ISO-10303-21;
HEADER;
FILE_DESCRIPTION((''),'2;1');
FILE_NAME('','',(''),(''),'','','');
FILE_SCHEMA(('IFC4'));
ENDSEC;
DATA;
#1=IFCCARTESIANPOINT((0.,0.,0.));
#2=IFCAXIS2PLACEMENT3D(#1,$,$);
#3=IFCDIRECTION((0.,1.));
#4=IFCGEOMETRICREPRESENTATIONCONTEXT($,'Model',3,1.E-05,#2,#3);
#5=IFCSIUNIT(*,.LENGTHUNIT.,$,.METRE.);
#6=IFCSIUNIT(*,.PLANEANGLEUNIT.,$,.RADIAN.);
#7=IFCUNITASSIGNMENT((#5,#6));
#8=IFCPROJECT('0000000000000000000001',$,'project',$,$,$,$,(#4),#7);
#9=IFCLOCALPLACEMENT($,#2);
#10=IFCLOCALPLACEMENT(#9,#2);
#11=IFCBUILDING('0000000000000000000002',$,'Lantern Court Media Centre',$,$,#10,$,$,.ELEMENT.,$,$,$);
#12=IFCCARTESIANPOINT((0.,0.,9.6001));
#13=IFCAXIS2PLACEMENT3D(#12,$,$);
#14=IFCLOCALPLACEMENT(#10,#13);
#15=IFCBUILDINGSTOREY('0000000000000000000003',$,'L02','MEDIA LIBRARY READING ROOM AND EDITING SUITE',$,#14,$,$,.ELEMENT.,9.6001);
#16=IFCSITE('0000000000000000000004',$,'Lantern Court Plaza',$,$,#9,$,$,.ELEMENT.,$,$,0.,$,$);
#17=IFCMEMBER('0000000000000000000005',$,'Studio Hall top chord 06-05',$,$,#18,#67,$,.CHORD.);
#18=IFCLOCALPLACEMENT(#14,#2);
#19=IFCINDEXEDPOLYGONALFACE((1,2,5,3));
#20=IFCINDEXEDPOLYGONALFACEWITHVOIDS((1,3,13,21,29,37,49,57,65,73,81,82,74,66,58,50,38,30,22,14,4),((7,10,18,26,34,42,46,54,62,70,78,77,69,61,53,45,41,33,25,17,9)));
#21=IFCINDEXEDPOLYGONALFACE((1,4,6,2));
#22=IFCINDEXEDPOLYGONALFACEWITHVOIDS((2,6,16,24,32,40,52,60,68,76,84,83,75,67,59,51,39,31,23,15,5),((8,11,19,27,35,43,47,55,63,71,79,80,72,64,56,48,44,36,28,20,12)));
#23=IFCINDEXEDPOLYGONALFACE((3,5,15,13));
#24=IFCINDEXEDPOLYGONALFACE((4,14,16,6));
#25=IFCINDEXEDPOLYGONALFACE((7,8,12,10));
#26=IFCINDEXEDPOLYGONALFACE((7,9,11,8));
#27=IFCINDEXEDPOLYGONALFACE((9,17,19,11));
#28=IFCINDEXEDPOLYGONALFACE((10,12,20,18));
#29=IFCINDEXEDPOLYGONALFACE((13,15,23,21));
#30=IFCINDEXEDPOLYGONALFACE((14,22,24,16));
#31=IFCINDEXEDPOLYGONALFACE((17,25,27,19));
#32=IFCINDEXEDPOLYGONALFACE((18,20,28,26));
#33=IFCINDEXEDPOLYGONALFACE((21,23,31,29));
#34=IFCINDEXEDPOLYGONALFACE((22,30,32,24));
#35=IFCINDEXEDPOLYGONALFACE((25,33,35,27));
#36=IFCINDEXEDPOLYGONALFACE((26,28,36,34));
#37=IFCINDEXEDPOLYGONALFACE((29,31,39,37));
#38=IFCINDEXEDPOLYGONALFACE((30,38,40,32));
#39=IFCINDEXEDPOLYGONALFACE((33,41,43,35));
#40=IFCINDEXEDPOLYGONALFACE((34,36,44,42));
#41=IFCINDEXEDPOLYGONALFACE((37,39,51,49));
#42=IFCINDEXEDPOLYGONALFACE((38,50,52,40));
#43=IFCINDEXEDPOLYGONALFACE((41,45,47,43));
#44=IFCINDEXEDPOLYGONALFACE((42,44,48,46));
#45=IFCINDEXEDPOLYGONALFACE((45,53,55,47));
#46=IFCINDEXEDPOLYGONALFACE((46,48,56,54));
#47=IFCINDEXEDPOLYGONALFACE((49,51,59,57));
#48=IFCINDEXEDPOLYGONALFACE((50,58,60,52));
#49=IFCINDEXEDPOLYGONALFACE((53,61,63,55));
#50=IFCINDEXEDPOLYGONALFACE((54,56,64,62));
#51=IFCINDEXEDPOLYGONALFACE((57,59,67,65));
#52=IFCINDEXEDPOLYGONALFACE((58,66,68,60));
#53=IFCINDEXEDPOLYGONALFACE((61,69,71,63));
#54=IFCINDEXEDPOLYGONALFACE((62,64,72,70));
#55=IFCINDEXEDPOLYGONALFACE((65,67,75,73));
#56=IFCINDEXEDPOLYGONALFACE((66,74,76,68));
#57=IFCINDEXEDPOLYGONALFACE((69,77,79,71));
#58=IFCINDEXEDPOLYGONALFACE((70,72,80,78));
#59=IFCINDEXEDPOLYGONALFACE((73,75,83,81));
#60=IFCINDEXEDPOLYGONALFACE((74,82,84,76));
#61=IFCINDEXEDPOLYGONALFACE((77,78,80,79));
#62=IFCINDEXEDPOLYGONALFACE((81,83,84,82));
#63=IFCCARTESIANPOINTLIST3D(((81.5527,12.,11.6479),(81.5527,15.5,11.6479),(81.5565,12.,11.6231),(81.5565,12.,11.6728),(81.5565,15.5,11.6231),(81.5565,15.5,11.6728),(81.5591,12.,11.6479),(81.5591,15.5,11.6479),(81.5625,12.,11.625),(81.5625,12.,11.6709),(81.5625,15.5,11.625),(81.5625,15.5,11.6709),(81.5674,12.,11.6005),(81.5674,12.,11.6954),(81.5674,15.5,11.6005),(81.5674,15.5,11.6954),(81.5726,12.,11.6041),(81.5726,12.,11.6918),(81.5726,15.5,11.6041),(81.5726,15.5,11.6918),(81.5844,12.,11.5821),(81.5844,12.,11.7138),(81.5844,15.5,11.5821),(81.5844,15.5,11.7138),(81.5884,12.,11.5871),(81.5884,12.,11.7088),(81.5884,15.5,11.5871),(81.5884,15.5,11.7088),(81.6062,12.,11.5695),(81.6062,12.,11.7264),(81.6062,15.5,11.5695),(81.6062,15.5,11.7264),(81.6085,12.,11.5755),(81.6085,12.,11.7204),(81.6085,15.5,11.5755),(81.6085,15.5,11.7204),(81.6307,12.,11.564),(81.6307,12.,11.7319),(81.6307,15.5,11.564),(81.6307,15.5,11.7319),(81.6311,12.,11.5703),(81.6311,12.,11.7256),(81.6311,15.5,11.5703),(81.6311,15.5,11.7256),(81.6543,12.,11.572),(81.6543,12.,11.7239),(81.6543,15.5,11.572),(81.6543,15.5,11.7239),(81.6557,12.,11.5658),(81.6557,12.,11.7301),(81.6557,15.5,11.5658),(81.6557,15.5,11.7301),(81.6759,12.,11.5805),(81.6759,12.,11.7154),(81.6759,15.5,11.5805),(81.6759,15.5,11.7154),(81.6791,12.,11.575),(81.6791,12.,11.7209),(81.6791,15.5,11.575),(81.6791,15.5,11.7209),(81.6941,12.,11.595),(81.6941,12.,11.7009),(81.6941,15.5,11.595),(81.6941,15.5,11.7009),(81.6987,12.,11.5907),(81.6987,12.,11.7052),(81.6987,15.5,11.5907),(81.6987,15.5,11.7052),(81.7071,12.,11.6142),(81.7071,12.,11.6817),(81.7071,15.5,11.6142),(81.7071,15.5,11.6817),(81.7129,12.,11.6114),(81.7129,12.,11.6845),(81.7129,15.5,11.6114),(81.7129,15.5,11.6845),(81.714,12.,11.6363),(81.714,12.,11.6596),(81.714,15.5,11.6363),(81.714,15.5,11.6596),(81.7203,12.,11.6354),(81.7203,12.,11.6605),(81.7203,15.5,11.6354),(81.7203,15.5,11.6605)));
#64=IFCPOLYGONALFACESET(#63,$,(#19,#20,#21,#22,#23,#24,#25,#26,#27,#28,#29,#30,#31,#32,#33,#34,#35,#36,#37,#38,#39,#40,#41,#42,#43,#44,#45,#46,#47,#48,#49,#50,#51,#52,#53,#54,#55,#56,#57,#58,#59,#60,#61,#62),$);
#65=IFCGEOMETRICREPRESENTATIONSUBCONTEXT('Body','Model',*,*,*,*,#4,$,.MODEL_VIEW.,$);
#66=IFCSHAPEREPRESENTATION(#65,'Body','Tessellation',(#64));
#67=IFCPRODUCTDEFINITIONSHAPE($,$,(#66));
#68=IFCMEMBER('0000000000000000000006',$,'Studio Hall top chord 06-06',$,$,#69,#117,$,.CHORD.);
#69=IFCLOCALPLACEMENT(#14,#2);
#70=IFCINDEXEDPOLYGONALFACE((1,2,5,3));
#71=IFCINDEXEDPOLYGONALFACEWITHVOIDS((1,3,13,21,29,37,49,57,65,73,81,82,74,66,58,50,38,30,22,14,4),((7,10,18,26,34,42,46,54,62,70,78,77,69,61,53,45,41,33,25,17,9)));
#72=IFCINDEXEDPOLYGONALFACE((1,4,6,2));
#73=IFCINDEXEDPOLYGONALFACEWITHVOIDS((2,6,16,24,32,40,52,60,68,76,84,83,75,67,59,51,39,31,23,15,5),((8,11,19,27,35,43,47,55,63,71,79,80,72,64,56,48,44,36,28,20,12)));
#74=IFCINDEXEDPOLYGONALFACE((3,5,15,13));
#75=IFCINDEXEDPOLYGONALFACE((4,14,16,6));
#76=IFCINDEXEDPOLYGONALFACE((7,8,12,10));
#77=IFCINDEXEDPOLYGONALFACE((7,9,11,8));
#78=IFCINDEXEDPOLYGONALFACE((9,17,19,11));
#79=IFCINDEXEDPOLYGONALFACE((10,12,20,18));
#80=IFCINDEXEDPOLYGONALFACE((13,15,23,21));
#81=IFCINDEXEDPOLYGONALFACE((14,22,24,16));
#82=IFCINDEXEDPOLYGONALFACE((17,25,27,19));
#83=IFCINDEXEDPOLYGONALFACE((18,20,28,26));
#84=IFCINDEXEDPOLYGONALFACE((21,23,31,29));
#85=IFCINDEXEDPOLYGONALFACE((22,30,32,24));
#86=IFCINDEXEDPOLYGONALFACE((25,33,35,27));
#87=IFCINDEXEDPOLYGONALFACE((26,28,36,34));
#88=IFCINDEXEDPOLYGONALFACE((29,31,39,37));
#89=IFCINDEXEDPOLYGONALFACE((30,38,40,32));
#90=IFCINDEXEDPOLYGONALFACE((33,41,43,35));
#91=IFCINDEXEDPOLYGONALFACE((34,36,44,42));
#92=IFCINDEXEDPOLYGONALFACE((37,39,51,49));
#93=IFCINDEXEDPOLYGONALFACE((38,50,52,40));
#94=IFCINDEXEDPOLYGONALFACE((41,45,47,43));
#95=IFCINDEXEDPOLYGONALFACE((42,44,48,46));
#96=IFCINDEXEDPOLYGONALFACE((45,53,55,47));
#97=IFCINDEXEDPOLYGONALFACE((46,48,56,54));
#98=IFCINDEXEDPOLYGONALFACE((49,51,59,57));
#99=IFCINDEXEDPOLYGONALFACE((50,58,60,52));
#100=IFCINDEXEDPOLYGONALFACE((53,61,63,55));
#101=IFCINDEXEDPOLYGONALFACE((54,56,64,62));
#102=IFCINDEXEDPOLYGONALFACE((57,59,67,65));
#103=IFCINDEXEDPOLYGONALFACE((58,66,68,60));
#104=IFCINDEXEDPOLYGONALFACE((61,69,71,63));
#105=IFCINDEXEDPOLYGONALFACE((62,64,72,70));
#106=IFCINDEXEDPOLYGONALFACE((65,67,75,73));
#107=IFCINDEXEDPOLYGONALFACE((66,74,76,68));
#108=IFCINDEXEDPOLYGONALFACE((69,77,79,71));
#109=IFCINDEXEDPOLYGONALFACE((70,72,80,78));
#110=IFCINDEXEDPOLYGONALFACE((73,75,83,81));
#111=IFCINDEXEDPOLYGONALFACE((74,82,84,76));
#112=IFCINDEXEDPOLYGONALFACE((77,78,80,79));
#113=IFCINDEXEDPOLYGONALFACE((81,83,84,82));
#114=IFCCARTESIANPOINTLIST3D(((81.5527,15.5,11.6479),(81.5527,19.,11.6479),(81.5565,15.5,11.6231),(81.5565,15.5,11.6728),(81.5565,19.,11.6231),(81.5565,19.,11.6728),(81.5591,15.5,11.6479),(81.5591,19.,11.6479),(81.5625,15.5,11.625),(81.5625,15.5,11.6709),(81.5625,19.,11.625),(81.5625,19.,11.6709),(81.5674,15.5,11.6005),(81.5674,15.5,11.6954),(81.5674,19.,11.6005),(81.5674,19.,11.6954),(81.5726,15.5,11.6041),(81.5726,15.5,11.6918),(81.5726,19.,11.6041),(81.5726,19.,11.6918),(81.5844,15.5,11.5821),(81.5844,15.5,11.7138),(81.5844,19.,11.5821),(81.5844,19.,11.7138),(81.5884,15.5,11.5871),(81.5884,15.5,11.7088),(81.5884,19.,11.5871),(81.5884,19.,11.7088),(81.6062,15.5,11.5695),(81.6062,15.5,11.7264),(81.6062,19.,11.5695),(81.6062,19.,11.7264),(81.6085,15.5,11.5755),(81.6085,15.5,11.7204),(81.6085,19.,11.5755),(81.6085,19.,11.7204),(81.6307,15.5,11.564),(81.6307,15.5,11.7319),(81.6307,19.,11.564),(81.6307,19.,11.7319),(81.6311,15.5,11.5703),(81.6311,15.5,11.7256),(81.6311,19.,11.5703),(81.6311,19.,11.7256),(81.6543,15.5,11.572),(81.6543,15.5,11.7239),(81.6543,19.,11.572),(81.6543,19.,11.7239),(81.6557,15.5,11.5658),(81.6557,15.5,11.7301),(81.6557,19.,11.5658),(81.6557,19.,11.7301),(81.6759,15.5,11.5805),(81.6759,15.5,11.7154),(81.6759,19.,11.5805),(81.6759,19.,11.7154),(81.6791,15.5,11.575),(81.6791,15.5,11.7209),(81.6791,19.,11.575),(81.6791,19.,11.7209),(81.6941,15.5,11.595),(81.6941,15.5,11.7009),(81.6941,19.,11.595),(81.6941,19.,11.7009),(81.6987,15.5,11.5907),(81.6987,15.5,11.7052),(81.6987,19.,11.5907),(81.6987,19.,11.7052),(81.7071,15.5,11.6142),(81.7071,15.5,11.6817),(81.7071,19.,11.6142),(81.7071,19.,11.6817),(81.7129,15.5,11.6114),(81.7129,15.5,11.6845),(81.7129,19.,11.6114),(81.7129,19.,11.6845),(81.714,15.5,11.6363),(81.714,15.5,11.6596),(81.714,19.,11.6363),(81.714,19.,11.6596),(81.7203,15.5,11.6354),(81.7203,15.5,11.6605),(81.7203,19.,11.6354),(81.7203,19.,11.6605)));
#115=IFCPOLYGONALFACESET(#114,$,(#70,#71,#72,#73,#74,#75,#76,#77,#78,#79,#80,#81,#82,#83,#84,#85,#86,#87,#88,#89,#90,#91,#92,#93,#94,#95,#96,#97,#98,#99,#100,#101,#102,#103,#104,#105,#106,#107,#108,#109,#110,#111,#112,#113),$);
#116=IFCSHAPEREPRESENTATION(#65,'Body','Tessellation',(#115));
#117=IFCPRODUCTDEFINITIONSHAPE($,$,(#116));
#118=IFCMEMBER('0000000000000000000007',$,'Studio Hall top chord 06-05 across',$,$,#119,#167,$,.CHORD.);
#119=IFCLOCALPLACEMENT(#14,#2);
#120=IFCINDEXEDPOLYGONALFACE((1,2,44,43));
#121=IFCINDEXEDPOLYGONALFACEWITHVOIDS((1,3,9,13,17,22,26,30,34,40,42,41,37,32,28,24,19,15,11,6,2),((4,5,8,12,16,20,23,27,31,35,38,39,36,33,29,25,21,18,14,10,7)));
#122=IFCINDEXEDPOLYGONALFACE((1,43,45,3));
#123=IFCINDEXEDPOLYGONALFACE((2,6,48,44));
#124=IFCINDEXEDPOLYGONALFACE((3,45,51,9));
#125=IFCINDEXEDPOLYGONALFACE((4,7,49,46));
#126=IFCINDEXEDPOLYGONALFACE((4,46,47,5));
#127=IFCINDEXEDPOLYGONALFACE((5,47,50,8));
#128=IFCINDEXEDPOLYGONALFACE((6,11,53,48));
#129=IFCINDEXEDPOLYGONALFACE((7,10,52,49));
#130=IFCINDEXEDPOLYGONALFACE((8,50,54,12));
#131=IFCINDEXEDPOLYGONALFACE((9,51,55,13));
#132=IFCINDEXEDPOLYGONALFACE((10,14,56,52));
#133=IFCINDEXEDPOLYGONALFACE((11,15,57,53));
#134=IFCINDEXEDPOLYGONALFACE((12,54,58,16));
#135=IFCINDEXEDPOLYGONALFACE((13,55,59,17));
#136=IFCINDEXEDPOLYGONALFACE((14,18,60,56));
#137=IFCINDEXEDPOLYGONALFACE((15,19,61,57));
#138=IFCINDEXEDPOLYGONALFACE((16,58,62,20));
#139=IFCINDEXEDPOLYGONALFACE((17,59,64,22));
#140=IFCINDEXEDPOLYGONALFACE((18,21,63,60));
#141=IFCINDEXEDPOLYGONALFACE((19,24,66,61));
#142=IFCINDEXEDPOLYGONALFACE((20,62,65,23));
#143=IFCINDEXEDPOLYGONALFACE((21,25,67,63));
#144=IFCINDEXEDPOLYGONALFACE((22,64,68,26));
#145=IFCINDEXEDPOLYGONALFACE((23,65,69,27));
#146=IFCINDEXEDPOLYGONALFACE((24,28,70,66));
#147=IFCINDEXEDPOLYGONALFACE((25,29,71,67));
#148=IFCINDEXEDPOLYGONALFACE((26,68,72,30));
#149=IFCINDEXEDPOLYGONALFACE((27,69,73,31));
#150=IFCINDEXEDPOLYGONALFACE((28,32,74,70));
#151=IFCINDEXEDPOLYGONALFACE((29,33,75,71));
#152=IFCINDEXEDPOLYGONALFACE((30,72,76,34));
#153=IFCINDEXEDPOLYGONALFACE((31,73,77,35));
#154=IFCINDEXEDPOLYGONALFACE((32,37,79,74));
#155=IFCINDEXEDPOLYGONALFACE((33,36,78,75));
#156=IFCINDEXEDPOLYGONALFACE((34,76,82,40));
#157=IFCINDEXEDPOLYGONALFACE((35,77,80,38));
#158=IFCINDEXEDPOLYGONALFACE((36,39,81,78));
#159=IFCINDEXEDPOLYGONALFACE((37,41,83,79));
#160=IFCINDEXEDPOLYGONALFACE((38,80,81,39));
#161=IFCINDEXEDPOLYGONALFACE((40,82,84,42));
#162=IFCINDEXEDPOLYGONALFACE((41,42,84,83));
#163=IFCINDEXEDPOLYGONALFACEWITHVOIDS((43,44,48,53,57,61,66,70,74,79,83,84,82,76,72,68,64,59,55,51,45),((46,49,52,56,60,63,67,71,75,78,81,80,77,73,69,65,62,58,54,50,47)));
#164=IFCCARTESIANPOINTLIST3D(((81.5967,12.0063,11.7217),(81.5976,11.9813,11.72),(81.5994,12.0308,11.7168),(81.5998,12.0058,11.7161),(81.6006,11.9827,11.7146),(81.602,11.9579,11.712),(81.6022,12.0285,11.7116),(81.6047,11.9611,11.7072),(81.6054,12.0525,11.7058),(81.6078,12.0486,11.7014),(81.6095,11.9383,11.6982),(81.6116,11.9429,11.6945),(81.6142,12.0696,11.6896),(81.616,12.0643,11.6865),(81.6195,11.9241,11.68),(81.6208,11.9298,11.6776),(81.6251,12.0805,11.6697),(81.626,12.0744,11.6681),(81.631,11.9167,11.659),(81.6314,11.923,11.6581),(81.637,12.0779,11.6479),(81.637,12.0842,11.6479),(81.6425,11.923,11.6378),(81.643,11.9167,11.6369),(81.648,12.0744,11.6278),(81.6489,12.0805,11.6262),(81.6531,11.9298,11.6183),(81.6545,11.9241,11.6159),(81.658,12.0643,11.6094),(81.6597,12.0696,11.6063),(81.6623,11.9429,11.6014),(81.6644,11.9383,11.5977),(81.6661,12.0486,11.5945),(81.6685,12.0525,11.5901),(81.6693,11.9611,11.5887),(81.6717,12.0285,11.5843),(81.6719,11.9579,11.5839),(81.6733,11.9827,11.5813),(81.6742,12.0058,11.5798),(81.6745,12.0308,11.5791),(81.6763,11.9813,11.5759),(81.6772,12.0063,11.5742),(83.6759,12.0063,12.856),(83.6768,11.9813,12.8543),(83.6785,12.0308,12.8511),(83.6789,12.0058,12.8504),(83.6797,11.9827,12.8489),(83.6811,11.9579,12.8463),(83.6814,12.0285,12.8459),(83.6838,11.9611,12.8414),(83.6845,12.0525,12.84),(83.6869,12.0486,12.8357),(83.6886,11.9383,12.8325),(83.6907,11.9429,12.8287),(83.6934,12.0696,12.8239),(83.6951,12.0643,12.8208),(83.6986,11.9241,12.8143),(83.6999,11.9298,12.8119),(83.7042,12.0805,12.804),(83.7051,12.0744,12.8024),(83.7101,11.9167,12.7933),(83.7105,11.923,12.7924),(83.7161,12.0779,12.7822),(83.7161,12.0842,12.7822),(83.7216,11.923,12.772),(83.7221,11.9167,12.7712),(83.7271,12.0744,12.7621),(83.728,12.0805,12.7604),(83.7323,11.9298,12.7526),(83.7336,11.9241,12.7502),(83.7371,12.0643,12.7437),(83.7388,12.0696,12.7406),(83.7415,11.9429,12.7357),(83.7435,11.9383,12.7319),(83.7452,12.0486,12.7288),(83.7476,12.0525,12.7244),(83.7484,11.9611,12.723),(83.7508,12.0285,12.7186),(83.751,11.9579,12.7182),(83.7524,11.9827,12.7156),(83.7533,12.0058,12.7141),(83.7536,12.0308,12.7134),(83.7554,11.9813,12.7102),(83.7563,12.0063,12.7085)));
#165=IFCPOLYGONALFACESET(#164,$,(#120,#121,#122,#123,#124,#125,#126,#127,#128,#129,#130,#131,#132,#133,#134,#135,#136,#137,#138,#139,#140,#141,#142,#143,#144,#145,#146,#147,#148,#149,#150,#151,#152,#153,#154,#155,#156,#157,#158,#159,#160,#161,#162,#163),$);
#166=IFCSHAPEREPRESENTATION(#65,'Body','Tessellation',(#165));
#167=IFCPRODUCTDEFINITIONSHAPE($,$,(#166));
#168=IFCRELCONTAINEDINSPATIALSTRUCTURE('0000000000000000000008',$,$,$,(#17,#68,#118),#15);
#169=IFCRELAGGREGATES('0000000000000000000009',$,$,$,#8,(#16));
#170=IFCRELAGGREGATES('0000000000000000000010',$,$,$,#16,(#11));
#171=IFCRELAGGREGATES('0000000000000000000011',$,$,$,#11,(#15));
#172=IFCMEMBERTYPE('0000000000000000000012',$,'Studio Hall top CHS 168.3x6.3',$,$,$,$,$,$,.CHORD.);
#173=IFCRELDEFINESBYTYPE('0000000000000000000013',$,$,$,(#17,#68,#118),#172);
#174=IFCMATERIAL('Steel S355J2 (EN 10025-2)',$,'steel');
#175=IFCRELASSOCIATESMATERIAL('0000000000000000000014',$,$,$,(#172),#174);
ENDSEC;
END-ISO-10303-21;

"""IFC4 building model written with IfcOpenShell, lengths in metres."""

from ifc_helpers import new_model, si_unit, direction, frame, origin, origin_2d, place, context, subcontext, project, spatial, hollow_circle, extrude, material, material_profile, profile_set, type_object, element, save


model = new_model("IFC4")

# Units and contexts
model_context = context("Model", 3, precision=1e-05, world=origin(), true_north=direction((0.0, 1.0)))
body_context = subcontext(model_context, "Body", "Model", "MODEL_VIEW")
ifc_project = project(units=[si_unit("LENGTHUNIT", "METRE"), si_unit("PLANEANGLEUNIT", "RADIAN")], contexts=[model_context])

# Site, building, storey
site_placement = place(None, origin())
site = spatial("IfcSite", under=ifc_project, at=site_placement, Name="Lantern Court Plaza", CompositionType="ELEMENT", RefElevation=0.0)
building_placement = place(site_placement, origin())
building = spatial("IfcBuilding", under=site, at=building_placement, Name="Lantern Court Media Centre", CompositionType="ELEMENT")
storey_placement = place(building_placement, frame((0.0, 0.0, 9.6001)))
storey = spatial("IfcBuildingStorey", under=building, at=storey_placement, Name="L02", Description="MEDIA LIBRARY READING ROOM AND EDITING SUITE", CompositionType="ELEMENT", Elevation=9.6001)

# Members
ifc_material = material(Name="Steel S355J2 (EN 10025-2)", Category="steel")
ifc_material_profile_1 = material_profile(ifc_material, hollow_circle(Radius=0.0842, WallThickness=0.0063, at=origin_2d()), Name="Studio Hall top CHS 168.3x6.3")
ifc_profile_set_1 = profile_set([ifc_material_profile_1], Name="Steel S355J2 (EN 10025-2)")
member_type_1 = type_object("IfcMemberType", Name="Studio Hall top CHS 168.3x6.3", PredefinedType="CHORD", material=ifc_profile_set_1)
for number, where, z_axis, x_axis, name in (
    (1, (81.637, 12.0, 11.6479), (0.0, 1.0, 0.0), (-1.0, 0.0, 0.0), "Studio Hall top chord 06-05"),
    (2, (81.637, 15.5, 11.6479), (0.0, 1.0, 0.0), (-1.0, 0.0, 0.0), "Studio Hall top chord 06-06"),
):
    element("IfcMember", number, at=place(storey_placement, frame(where, z_axis=z_axis, x_axis=x_axis)), inside=storey, type_object=member_type_1, Name=name, PredefinedType="CHORD", context=body_context, shape_type="SweptSolid", body=[
        extrude(hollow_circle(Radius=0.0842, WallThickness=0.0063, at=origin_2d()), origin(), (0.0, 0.0, 1.0), 3.5),
    ])
for number, where, z_axis, x_axis, name in (
    (3, (81.637, 12.0, 11.6479), (0.877856, 0.0, 0.478924), (0.0, 1.0, 0.0), "Studio Hall top chord 06-05 across"),
):
    element("IfcMember", number, at=place(storey_placement, frame(where, z_axis=z_axis, x_axis=x_axis)), inside=storey, type_object=member_type_1, Name=name, PredefinedType="CHORD", context=body_context, shape_type="SweptSolid", body=[
        extrude(hollow_circle(Radius=0.0842, WallThickness=0.0063, at=origin_2d()), origin(), (0.0, 0.0, 1.0), 2.3684),
    ])

save(model, "model.ifc")
